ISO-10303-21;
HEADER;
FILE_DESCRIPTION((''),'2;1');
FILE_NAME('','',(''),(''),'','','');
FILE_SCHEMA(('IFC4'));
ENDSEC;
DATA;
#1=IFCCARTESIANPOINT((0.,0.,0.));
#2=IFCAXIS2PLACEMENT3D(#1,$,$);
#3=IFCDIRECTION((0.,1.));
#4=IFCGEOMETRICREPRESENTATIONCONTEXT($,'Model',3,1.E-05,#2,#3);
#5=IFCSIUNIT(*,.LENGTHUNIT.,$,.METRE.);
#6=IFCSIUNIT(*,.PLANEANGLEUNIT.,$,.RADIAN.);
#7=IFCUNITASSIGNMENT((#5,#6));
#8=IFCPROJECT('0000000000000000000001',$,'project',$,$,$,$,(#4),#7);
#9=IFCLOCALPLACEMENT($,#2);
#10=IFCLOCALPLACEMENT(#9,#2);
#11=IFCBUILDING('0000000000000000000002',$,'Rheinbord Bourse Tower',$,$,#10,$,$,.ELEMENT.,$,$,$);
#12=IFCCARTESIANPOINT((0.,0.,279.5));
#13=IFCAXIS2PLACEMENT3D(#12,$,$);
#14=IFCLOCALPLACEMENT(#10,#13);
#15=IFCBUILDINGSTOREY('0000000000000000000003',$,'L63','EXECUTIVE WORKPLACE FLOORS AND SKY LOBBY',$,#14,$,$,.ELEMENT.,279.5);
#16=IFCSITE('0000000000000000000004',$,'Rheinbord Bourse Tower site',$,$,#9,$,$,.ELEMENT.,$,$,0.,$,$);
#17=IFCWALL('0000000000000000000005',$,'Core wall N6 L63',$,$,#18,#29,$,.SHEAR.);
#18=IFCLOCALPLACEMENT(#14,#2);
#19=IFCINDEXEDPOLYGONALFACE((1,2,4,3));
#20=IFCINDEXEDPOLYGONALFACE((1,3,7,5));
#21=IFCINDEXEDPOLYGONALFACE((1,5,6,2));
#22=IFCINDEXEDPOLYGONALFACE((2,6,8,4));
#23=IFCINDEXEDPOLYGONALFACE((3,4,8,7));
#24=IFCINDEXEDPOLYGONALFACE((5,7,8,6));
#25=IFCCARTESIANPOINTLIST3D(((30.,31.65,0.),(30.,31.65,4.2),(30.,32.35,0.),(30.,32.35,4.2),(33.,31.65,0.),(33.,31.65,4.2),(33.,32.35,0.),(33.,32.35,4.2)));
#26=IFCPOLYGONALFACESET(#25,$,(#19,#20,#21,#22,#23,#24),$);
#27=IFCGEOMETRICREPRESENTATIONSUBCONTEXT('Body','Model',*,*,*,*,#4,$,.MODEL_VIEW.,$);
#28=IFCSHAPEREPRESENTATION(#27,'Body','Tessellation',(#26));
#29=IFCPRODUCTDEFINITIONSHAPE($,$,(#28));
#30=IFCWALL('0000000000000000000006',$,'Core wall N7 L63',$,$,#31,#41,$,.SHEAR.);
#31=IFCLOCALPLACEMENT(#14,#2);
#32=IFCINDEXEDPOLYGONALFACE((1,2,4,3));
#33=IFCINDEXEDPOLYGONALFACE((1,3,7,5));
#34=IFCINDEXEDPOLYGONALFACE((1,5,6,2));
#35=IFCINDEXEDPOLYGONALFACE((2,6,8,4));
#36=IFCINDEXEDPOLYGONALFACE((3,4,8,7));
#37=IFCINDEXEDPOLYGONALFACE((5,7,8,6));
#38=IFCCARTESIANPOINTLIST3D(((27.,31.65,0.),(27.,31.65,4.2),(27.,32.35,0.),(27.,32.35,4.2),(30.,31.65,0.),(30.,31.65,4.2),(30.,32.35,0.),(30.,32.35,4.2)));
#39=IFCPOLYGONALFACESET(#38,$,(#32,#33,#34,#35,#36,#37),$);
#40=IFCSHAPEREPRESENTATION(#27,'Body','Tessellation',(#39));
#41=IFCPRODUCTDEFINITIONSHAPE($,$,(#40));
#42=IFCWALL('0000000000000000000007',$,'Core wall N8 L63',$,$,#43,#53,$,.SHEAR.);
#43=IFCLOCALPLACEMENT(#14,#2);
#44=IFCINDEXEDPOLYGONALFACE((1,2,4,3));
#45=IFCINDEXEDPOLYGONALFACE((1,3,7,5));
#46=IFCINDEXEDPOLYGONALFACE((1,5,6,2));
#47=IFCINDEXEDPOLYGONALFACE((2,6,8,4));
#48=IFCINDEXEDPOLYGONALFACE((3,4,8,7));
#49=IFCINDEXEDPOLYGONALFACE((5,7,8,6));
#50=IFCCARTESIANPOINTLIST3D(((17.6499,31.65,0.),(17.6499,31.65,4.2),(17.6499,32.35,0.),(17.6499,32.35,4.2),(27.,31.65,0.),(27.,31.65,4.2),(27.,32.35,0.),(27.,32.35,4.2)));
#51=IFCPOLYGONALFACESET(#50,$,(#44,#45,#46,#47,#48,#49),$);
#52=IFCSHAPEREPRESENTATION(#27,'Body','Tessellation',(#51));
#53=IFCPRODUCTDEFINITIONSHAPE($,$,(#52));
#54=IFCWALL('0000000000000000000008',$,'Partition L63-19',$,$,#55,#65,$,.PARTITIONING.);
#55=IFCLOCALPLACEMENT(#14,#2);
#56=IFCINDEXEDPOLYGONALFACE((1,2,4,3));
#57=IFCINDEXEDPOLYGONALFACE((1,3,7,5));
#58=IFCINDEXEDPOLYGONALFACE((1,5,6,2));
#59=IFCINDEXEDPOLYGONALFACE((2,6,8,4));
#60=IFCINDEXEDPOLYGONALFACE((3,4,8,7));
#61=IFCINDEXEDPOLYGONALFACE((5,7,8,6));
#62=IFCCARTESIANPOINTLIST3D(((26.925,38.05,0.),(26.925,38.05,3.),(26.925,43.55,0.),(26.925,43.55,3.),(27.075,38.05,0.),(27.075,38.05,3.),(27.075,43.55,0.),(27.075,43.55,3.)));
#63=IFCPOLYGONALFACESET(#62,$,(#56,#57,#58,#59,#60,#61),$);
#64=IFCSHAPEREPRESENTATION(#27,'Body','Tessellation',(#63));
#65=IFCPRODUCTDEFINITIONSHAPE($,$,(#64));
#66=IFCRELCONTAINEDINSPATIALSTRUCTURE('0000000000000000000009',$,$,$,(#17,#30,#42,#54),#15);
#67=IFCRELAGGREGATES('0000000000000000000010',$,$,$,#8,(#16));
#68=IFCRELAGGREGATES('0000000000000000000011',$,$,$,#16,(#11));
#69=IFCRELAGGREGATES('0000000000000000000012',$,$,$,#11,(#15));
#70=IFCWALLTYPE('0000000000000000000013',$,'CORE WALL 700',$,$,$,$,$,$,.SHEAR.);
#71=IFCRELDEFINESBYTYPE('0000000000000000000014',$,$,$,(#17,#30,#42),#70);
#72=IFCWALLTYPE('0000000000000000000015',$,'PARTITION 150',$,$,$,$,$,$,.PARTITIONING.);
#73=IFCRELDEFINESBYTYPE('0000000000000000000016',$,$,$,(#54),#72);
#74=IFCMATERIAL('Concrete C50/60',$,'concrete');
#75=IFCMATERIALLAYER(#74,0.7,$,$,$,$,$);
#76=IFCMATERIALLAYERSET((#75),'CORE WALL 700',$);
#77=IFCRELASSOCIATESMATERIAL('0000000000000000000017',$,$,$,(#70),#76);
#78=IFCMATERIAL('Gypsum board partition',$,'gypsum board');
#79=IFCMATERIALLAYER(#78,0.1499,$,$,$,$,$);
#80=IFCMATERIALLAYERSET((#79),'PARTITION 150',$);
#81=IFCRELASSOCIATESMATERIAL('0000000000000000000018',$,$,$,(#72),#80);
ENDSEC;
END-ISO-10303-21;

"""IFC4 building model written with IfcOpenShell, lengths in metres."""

from ifc_helpers import new_model, si_unit, direction, frame, frame_2d, origin, place, context, subcontext, project, spatial, rectangle, extrude, material, layer, layer_set, type_object, element, save


model = new_model("IFC4")

# Units and contexts
model_context = context("Model", 3, precision=1e-05, world=origin(), true_north=direction((0.0, 1.0)))
body_context = subcontext(model_context, "Body", "Model", "MODEL_VIEW")
ifc_project = project(units=[si_unit("LENGTHUNIT", "METRE"), si_unit("PLANEANGLEUNIT", "RADIAN")], contexts=[model_context])

# Site, building, storey
site_placement = place(None, origin())
site = spatial("IfcSite", under=ifc_project, at=site_placement, Name="Rheinbord Bourse Tower site", CompositionType="ELEMENT", RefElevation=0.0)
building_placement = place(site_placement, origin())
building = spatial("IfcBuilding", under=site, at=building_placement, Name="Rheinbord Bourse Tower", CompositionType="ELEMENT")
storey_placement = place(building_placement, frame((0.0, 0.0, 279.5)))
storey = spatial("IfcBuildingStorey", under=building, at=storey_placement, Name="L63", Description="EXECUTIVE WORKPLACE FLOORS AND SKY LOBBY", CompositionType="ELEMENT", Elevation=279.5)

# Walls
ifc_material_1 = material(Name="Concrete C50/60", Category="concrete")
ifc_layer_1 = layer(ifc_material_1, 0.7)
ifc_layer_set_1 = layer_set([ifc_layer_1], Name="CORE WALL 700")
wall_type_1 = type_object("IfcWallType", Name="CORE WALL 700", PredefinedType="SHEAR", material=ifc_layer_set_1)
for number, where, z_axis, x_axis, name in (
    (1, (33.0, 32.0, 0.0), (0.0, 0.0, 1.0), (-1.0, 0.0, 0.0), "Core wall N6 L63"),
    (2, (30.0, 32.0, 0.0), (0.0, 0.0, 1.0), (-1.0, 0.0, 0.0), "Core wall N7 L63"),
):
    element("IfcWall", number, at=place(storey_placement, frame(where, z_axis=z_axis, x_axis=x_axis)), inside=storey, type_object=wall_type_1, Name=name, PredefinedType="SHEAR", context=body_context, shape_type="SweptSolid", body=[
        extrude(rectangle(XDim=3.0, YDim=0.7, at=frame_2d((1.5, 0.0))), origin(), (0.0, 0.0, 1.0), 4.2),
    ])
wall_1_placement = place(storey_placement, frame((27.0, 32.0, 0.0), z_axis=(0.0, 0.0, 1.0), x_axis=(-1.0, 0.0, 0.0)))
element("IfcWall", 3, at=wall_1_placement, inside=storey, type_object=wall_type_1, Name="Core wall N8 L63", PredefinedType="SHEAR", context=body_context, shape_type="SweptSolid", body=[
    extrude(rectangle(XDim=9.3501, YDim=0.7, at=frame_2d((4.675, 0.0))), origin(), (0.0, 0.0, 1.0), 4.2),
])
ifc_material_2 = material(Name="Gypsum board partition", Category="gypsum board")
ifc_layer_2 = layer(ifc_material_2, 0.1499)
ifc_layer_set_2 = layer_set([ifc_layer_2], Name="PARTITION 150")
wall_type_2 = type_object("IfcWallType", Name="PARTITION 150", PredefinedType="PARTITIONING", material=ifc_layer_set_2)
wall_2_placement = place(storey_placement, frame((27.0, 38.05, 0.0), z_axis=(0.0, 0.0, 1.0), x_axis=(0.0, 1.0, 0.0)))
element("IfcWall", 4, at=wall_2_placement, inside=storey, type_object=wall_type_2, Name="Partition L63-19", PredefinedType="PARTITIONING", context=body_context, shape_type="SweptSolid", body=[
    extrude(rectangle(XDim=5.5, YDim=0.1499, at=frame_2d((2.75, 0.0))), origin(), (0.0, 0.0, 1.0), 3.0),
])

save(model, "model.ifc")
